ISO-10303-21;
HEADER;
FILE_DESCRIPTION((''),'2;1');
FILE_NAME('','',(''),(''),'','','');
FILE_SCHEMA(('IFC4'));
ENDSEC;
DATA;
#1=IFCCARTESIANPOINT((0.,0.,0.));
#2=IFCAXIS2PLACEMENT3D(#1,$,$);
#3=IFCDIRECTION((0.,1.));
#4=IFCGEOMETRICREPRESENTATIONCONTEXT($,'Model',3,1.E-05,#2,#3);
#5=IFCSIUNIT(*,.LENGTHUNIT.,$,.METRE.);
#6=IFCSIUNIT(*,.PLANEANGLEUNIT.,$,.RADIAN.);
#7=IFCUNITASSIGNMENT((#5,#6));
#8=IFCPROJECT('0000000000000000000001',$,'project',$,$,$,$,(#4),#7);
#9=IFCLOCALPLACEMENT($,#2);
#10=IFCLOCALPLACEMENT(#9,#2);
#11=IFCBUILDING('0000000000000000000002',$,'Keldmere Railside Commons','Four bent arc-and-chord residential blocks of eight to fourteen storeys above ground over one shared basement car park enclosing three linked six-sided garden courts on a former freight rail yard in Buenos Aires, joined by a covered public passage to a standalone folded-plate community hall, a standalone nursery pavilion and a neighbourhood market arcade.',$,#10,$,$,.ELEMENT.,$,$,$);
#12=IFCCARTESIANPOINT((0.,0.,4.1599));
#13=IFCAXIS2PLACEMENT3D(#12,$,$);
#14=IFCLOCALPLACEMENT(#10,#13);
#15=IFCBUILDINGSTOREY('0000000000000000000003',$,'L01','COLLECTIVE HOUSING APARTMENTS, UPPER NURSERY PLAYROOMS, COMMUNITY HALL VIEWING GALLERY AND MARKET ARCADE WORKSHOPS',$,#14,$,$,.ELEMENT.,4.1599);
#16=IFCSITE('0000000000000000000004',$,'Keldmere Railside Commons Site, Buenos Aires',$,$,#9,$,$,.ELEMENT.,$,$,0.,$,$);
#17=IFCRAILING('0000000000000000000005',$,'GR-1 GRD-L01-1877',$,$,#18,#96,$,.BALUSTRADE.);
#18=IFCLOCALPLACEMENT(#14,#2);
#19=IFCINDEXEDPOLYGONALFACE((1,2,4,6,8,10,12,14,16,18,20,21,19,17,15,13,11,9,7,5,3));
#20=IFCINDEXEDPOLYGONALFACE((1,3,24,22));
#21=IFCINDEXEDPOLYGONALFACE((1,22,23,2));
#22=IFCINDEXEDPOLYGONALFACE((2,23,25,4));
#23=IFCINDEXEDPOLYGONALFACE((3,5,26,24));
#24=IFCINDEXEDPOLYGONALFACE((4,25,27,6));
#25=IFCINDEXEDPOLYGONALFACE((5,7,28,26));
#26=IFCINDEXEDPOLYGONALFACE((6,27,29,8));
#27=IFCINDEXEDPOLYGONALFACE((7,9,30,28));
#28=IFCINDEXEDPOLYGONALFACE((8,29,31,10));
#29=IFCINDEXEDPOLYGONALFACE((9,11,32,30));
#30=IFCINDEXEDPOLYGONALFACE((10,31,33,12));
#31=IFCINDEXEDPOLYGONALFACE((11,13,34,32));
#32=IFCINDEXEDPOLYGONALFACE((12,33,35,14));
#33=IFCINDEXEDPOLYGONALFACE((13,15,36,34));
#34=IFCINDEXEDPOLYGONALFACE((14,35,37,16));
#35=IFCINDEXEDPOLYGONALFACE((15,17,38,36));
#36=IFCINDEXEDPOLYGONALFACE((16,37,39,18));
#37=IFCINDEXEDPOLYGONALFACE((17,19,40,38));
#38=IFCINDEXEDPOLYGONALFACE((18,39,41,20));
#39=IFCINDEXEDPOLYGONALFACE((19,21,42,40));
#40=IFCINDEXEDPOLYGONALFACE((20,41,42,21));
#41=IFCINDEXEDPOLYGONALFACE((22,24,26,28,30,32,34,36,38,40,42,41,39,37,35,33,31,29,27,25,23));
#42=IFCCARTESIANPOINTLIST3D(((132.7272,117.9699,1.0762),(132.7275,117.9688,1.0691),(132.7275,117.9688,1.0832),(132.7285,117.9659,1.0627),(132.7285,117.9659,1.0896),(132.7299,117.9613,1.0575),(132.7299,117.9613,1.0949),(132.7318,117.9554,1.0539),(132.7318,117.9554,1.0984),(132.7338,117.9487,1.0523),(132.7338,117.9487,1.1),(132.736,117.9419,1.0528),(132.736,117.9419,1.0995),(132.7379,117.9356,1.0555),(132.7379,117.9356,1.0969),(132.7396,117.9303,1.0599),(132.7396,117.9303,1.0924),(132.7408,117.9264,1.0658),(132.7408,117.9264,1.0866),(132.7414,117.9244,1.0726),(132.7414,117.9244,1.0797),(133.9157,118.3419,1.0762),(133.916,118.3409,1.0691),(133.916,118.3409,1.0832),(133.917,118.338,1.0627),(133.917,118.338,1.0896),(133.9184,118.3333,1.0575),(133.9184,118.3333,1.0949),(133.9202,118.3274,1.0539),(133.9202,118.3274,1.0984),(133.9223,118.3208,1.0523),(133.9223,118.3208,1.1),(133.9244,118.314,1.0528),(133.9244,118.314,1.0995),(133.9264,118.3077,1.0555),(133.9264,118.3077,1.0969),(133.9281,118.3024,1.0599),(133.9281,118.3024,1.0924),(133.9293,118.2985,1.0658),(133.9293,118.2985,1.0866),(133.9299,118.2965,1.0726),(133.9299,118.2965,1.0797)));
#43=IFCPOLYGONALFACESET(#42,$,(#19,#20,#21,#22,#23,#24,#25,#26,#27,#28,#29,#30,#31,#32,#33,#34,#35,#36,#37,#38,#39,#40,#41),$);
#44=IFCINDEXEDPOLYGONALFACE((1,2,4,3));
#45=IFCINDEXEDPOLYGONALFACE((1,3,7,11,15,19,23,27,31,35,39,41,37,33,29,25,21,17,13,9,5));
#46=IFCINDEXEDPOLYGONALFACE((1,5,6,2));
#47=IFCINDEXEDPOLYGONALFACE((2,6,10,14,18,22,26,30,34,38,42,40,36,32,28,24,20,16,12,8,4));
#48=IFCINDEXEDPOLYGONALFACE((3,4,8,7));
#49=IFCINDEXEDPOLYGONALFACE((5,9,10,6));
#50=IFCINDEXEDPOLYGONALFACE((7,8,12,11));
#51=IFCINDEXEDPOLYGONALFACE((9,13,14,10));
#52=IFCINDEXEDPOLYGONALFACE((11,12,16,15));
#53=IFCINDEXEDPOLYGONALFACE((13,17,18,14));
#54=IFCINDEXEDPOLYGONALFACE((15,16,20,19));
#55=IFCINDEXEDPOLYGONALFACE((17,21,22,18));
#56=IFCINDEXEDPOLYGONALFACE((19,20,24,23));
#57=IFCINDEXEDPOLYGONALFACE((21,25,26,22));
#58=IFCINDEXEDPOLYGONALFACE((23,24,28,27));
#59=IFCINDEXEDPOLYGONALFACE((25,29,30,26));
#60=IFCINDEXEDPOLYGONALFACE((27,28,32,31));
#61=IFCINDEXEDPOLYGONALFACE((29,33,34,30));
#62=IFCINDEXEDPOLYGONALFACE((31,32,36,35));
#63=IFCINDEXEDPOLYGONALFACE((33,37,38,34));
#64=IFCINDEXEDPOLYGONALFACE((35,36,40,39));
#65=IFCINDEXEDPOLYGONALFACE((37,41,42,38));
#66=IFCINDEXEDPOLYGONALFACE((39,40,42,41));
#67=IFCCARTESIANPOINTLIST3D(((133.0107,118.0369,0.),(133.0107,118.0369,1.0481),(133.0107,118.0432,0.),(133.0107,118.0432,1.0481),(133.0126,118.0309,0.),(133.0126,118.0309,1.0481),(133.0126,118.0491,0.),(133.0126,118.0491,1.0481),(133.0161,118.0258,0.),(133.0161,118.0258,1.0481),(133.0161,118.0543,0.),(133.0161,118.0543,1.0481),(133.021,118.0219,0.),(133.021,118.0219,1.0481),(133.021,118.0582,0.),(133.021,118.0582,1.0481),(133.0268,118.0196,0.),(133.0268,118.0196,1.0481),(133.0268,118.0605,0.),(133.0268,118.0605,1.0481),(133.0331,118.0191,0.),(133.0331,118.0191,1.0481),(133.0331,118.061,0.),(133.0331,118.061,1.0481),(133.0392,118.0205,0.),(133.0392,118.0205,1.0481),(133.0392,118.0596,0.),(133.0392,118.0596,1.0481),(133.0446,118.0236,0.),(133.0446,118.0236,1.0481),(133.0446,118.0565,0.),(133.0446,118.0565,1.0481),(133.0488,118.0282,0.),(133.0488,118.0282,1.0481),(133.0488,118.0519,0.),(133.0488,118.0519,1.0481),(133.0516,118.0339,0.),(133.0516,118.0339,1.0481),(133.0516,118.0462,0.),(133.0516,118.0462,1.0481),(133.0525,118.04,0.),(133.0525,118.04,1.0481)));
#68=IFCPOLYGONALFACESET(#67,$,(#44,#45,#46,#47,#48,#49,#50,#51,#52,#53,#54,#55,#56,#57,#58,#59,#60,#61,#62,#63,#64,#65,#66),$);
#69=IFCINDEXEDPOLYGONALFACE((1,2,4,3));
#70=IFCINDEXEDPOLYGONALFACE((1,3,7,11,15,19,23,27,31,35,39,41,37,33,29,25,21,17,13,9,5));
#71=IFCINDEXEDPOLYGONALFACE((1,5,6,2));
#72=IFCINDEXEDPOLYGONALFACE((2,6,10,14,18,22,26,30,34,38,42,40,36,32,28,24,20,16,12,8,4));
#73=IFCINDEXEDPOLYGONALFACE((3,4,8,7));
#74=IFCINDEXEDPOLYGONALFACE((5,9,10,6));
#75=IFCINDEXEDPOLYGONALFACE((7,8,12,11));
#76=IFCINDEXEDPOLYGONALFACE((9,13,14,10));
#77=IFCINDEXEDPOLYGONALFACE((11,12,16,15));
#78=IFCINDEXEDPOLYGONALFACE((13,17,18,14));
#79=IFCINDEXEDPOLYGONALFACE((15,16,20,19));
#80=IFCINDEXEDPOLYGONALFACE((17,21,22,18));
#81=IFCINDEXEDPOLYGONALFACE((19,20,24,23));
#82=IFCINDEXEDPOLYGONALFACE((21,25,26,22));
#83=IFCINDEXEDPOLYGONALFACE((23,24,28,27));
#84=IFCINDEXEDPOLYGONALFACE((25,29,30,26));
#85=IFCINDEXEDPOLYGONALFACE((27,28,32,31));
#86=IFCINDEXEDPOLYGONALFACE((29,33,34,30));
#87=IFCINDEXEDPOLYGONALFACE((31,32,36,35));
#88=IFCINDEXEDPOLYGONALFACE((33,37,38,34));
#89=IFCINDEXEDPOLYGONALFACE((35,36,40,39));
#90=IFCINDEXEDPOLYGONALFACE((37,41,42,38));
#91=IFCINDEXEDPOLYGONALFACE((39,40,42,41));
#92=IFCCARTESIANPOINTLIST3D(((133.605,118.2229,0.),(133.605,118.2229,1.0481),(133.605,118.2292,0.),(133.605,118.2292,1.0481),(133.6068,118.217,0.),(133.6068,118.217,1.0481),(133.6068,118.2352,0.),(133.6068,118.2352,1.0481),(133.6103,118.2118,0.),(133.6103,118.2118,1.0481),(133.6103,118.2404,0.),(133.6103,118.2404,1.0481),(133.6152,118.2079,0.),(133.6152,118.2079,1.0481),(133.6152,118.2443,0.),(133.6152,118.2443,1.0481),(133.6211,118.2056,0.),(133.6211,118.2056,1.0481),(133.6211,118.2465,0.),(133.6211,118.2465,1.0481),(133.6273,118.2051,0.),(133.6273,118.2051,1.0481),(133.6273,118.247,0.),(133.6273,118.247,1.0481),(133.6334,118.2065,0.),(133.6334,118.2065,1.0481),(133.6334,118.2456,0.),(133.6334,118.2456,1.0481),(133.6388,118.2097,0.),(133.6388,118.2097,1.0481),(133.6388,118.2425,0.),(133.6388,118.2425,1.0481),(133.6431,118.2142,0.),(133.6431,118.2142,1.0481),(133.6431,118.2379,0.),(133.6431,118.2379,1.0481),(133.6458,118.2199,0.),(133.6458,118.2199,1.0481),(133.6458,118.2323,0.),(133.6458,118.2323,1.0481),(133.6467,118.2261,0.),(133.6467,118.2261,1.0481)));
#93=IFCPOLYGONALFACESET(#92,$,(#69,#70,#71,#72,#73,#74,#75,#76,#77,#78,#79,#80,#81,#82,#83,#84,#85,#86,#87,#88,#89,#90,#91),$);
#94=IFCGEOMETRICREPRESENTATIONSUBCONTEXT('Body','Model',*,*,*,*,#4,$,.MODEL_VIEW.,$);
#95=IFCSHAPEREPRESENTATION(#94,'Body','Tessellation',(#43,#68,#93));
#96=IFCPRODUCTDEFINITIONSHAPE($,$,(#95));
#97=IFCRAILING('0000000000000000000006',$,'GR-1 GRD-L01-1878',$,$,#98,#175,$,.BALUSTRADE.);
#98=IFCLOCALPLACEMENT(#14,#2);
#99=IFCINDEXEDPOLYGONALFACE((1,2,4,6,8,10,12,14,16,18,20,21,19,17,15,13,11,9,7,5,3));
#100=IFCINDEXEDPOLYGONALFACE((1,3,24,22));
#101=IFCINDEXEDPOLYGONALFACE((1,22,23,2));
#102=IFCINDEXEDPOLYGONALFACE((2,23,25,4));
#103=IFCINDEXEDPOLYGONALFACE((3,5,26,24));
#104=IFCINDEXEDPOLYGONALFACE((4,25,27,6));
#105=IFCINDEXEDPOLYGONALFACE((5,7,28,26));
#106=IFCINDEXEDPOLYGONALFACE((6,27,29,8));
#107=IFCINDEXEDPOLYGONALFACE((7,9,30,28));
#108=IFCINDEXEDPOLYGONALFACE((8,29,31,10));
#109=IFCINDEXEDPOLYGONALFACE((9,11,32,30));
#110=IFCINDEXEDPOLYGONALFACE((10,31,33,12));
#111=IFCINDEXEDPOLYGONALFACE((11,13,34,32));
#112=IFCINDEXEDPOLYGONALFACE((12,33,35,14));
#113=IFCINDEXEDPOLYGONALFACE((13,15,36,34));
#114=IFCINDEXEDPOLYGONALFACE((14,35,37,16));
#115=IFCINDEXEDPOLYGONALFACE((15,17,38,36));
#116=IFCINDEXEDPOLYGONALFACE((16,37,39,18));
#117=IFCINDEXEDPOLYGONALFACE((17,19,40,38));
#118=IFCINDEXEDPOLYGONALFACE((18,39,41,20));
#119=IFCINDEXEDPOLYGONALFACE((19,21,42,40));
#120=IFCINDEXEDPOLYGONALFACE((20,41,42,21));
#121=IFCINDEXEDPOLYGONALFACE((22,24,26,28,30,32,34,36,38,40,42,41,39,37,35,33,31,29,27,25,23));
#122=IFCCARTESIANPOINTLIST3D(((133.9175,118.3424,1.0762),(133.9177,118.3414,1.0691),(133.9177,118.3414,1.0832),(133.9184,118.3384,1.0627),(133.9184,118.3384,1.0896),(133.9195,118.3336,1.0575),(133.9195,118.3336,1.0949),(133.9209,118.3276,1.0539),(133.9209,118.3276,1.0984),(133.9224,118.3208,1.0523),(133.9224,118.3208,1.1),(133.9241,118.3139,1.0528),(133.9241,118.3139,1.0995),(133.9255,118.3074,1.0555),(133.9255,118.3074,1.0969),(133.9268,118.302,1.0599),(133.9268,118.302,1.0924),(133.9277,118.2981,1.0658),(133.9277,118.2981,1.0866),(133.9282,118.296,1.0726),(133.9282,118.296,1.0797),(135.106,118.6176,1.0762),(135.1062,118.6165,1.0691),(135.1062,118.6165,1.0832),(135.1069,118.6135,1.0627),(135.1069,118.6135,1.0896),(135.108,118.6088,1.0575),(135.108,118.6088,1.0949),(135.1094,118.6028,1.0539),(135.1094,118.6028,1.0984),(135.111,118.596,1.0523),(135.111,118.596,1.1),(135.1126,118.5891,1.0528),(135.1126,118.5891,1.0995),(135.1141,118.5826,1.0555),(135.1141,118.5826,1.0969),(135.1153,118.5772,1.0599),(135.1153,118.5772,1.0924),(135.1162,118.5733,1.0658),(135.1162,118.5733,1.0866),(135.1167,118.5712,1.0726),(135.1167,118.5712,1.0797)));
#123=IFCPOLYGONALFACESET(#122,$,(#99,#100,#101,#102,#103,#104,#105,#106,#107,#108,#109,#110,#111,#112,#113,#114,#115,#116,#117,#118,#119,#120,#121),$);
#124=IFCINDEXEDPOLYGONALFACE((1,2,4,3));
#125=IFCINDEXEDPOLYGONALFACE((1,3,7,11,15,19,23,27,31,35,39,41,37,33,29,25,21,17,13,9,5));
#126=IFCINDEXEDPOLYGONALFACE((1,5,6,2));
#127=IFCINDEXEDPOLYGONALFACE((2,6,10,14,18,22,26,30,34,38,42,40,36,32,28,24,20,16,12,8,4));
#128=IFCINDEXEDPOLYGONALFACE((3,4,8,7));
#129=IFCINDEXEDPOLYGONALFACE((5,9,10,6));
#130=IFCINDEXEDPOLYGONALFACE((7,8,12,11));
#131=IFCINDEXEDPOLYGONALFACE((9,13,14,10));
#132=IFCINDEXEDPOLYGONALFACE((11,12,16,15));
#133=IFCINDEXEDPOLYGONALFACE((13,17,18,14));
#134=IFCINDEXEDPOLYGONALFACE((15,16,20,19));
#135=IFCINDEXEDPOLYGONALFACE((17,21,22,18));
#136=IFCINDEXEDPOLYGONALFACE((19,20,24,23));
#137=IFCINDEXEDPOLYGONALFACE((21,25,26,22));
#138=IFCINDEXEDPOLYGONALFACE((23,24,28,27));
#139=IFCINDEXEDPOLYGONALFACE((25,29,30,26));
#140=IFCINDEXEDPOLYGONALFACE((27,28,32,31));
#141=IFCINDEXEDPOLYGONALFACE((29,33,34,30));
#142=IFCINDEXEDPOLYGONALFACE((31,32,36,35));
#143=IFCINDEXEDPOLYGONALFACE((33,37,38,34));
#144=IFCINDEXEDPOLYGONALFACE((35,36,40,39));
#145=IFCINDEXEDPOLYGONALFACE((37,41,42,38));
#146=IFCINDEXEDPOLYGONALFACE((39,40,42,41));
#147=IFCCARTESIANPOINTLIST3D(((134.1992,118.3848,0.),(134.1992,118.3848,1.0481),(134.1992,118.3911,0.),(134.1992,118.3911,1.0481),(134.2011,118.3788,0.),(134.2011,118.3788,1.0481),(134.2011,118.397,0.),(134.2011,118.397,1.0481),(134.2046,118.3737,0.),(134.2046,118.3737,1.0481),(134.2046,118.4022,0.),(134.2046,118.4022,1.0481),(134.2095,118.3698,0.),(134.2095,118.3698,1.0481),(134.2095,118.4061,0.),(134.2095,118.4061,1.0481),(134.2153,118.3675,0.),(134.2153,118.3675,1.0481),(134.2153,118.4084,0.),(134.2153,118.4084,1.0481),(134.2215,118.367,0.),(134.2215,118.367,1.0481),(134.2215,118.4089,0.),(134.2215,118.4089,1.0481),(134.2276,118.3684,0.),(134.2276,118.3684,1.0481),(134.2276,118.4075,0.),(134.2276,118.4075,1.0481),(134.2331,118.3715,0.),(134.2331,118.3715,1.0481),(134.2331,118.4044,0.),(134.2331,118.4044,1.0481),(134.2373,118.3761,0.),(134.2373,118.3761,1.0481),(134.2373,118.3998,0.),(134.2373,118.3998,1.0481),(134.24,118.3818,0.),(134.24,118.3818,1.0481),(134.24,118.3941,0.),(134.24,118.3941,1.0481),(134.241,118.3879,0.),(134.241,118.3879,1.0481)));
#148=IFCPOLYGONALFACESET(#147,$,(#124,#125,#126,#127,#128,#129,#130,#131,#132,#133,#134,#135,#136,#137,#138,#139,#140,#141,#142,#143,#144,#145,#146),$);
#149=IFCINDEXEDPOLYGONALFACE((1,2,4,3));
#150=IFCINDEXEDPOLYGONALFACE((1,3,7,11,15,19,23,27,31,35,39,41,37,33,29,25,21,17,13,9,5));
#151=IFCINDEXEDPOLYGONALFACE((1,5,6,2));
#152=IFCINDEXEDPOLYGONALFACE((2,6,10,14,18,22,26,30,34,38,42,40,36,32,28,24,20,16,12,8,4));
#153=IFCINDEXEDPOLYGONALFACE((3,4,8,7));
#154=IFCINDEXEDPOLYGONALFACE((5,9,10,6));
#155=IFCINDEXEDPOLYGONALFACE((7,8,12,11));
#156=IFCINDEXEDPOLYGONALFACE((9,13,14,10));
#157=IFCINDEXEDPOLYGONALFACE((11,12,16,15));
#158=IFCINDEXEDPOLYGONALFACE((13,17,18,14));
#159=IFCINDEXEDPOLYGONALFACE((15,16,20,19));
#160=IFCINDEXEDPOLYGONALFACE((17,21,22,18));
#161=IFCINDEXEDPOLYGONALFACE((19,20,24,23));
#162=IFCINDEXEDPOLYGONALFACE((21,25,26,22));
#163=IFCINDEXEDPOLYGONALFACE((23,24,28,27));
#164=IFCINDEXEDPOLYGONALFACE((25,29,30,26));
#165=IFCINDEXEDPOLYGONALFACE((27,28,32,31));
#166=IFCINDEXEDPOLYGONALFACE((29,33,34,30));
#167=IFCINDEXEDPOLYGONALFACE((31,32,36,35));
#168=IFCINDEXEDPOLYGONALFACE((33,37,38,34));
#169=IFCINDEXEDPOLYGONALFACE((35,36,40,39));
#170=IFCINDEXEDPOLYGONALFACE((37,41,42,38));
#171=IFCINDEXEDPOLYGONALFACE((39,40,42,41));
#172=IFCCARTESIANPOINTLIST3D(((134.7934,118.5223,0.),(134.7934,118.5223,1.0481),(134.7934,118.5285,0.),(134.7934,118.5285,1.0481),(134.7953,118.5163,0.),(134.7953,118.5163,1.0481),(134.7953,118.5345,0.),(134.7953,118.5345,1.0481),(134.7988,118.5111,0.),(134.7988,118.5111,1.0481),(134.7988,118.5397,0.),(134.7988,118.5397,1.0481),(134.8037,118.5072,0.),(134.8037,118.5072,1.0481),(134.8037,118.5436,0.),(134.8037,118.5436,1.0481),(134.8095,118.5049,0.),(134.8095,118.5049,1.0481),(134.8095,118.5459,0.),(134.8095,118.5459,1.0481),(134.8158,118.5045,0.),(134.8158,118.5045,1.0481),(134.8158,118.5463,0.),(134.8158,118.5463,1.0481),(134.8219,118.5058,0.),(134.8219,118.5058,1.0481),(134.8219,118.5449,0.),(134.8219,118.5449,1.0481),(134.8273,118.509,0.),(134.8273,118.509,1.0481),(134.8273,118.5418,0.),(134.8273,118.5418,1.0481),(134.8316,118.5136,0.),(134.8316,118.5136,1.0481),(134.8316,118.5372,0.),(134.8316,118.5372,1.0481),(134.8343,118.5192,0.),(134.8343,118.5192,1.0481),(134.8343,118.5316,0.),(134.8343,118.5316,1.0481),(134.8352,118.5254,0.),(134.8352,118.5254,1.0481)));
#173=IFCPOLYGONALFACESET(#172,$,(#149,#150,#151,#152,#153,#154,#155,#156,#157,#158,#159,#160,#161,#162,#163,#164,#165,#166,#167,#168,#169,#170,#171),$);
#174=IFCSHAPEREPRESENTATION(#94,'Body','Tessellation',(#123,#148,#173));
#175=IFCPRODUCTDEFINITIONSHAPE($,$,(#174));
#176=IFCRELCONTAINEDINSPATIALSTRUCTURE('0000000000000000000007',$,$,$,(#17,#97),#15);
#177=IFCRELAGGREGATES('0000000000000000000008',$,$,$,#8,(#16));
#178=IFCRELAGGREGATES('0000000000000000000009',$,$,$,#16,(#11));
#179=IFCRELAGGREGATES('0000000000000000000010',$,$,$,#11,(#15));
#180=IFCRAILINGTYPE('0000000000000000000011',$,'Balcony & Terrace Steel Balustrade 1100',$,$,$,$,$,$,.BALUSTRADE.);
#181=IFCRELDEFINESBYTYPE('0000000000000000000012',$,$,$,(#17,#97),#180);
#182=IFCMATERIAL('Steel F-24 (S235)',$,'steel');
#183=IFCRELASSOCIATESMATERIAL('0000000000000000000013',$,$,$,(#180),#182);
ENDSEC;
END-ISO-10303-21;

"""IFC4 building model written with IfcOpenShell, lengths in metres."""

from ifc_helpers import new_model, si_unit, direction, frame, origin, origin_2d, place, context, subcontext, project, spatial, circle, extrude, material, type_object, element, save


model = new_model("IFC4")

# Units and contexts
model_context = context("Model", 3, precision=1e-05, world=origin(), true_north=direction((0.0, 1.0)))
body_context = subcontext(model_context, "Body", "Model", "MODEL_VIEW")
ifc_project = project(units=[si_unit("LENGTHUNIT", "METRE"), si_unit("PLANEANGLEUNIT", "RADIAN")], contexts=[model_context])

# Site, building, storey
site_placement = place(None, origin())
site = spatial("IfcSite", under=ifc_project, at=site_placement, Name="Keldmere Railside Commons Site, Buenos Aires", CompositionType="ELEMENT", RefElevation=0.0)
building_placement = place(site_placement, origin())
building = spatial("IfcBuilding", under=site, at=building_placement, Name="Keldmere Railside Commons", Description="Four bent arc-and-chord residential blocks of eight to fourteen storeys above ground over one shared basement car park enclosing three linked six-sided garden courts on a former freight rail yard in Buenos Aires, joined by a covered public passage to a standalone folded-plate community hall, a standalone nursery pavilion and a neighbourhood market arcade.", CompositionType="ELEMENT")
storey_placement = place(building_placement, frame((0.0, 0.0, 4.1599)))
storey = spatial("IfcBuildingStorey", under=building, at=storey_placement, Name="L01", Description="COLLECTIVE HOUSING APARTMENTS, UPPER NURSERY PLAYROOMS, COMMUNITY HALL VIEWING GALLERY AND MARKET ARCADE WORKSHOPS", CompositionType="ELEMENT", Elevation=4.1599)

# Railings
ifc_material_1 = material(Name="Steel F-24 (S235)", Category="steel")
railing_type = type_object("IfcRailingType", Name="Balcony & Terrace Steel Balustrade 1100", PredefinedType="BALUSTRADE", material=ifc_material_1)
railing_1_placement = place(storey_placement, frame((132.7344, 117.947, 0.0)))
element("IfcRailing", 1, at=railing_1_placement, inside=storey, type_object=railing_type, Name="GR-1 GRD-L01-1877", PredefinedType="BALUSTRADE", context=body_context, shape_type="SweptSolid", body=[
    extrude(circle(Radius=0.0239, at=origin_2d()), frame((0.0, 0.0, 1.0762), z_axis=(0.954326, 0.298766, 0.0), x_axis=(-0.298766, 0.954326, 0.0)), (0.0, 0.0, 1.0), 1.2454),
    extrude(circle(Radius=0.021, at=origin_2d()), frame((0.2971, 0.093, 0.0)), (0.0, 0.0, 1.0), 1.0481),
    extrude(circle(Radius=0.021, at=origin_2d()), frame((0.8914, 0.2791, 0.0)), (0.0, 0.0, 1.0), 1.0481),
])
railing_2_placement = place(storey_placement, frame((133.9229, 118.3191, 0.0)))
element("IfcRailing", 2, at=railing_2_placement, inside=storey, type_object=railing_type, Name="GR-1 GRD-L01-1878", PredefinedType="BALUSTRADE", context=body_context, shape_type="SweptSolid", body=[
    extrude(circle(Radius=0.0239, at=origin_2d()), frame((0.0, 0.0, 1.0762), z_axis=(0.974232, 0.225546, 0.0), x_axis=(-0.225546, 0.974232, 0.0)), (0.0, 0.0, 1.0), 1.22),
    extrude(circle(Radius=0.021, at=origin_2d()), frame((0.2971, 0.0688, 0.0)), (0.0, 0.0, 1.0), 1.0481),
    extrude(circle(Radius=0.021, at=origin_2d()), frame((0.8914, 0.2063, 0.0)), (0.0, 0.0, 1.0), 1.0481),
])

save(model, "model.ifc")
